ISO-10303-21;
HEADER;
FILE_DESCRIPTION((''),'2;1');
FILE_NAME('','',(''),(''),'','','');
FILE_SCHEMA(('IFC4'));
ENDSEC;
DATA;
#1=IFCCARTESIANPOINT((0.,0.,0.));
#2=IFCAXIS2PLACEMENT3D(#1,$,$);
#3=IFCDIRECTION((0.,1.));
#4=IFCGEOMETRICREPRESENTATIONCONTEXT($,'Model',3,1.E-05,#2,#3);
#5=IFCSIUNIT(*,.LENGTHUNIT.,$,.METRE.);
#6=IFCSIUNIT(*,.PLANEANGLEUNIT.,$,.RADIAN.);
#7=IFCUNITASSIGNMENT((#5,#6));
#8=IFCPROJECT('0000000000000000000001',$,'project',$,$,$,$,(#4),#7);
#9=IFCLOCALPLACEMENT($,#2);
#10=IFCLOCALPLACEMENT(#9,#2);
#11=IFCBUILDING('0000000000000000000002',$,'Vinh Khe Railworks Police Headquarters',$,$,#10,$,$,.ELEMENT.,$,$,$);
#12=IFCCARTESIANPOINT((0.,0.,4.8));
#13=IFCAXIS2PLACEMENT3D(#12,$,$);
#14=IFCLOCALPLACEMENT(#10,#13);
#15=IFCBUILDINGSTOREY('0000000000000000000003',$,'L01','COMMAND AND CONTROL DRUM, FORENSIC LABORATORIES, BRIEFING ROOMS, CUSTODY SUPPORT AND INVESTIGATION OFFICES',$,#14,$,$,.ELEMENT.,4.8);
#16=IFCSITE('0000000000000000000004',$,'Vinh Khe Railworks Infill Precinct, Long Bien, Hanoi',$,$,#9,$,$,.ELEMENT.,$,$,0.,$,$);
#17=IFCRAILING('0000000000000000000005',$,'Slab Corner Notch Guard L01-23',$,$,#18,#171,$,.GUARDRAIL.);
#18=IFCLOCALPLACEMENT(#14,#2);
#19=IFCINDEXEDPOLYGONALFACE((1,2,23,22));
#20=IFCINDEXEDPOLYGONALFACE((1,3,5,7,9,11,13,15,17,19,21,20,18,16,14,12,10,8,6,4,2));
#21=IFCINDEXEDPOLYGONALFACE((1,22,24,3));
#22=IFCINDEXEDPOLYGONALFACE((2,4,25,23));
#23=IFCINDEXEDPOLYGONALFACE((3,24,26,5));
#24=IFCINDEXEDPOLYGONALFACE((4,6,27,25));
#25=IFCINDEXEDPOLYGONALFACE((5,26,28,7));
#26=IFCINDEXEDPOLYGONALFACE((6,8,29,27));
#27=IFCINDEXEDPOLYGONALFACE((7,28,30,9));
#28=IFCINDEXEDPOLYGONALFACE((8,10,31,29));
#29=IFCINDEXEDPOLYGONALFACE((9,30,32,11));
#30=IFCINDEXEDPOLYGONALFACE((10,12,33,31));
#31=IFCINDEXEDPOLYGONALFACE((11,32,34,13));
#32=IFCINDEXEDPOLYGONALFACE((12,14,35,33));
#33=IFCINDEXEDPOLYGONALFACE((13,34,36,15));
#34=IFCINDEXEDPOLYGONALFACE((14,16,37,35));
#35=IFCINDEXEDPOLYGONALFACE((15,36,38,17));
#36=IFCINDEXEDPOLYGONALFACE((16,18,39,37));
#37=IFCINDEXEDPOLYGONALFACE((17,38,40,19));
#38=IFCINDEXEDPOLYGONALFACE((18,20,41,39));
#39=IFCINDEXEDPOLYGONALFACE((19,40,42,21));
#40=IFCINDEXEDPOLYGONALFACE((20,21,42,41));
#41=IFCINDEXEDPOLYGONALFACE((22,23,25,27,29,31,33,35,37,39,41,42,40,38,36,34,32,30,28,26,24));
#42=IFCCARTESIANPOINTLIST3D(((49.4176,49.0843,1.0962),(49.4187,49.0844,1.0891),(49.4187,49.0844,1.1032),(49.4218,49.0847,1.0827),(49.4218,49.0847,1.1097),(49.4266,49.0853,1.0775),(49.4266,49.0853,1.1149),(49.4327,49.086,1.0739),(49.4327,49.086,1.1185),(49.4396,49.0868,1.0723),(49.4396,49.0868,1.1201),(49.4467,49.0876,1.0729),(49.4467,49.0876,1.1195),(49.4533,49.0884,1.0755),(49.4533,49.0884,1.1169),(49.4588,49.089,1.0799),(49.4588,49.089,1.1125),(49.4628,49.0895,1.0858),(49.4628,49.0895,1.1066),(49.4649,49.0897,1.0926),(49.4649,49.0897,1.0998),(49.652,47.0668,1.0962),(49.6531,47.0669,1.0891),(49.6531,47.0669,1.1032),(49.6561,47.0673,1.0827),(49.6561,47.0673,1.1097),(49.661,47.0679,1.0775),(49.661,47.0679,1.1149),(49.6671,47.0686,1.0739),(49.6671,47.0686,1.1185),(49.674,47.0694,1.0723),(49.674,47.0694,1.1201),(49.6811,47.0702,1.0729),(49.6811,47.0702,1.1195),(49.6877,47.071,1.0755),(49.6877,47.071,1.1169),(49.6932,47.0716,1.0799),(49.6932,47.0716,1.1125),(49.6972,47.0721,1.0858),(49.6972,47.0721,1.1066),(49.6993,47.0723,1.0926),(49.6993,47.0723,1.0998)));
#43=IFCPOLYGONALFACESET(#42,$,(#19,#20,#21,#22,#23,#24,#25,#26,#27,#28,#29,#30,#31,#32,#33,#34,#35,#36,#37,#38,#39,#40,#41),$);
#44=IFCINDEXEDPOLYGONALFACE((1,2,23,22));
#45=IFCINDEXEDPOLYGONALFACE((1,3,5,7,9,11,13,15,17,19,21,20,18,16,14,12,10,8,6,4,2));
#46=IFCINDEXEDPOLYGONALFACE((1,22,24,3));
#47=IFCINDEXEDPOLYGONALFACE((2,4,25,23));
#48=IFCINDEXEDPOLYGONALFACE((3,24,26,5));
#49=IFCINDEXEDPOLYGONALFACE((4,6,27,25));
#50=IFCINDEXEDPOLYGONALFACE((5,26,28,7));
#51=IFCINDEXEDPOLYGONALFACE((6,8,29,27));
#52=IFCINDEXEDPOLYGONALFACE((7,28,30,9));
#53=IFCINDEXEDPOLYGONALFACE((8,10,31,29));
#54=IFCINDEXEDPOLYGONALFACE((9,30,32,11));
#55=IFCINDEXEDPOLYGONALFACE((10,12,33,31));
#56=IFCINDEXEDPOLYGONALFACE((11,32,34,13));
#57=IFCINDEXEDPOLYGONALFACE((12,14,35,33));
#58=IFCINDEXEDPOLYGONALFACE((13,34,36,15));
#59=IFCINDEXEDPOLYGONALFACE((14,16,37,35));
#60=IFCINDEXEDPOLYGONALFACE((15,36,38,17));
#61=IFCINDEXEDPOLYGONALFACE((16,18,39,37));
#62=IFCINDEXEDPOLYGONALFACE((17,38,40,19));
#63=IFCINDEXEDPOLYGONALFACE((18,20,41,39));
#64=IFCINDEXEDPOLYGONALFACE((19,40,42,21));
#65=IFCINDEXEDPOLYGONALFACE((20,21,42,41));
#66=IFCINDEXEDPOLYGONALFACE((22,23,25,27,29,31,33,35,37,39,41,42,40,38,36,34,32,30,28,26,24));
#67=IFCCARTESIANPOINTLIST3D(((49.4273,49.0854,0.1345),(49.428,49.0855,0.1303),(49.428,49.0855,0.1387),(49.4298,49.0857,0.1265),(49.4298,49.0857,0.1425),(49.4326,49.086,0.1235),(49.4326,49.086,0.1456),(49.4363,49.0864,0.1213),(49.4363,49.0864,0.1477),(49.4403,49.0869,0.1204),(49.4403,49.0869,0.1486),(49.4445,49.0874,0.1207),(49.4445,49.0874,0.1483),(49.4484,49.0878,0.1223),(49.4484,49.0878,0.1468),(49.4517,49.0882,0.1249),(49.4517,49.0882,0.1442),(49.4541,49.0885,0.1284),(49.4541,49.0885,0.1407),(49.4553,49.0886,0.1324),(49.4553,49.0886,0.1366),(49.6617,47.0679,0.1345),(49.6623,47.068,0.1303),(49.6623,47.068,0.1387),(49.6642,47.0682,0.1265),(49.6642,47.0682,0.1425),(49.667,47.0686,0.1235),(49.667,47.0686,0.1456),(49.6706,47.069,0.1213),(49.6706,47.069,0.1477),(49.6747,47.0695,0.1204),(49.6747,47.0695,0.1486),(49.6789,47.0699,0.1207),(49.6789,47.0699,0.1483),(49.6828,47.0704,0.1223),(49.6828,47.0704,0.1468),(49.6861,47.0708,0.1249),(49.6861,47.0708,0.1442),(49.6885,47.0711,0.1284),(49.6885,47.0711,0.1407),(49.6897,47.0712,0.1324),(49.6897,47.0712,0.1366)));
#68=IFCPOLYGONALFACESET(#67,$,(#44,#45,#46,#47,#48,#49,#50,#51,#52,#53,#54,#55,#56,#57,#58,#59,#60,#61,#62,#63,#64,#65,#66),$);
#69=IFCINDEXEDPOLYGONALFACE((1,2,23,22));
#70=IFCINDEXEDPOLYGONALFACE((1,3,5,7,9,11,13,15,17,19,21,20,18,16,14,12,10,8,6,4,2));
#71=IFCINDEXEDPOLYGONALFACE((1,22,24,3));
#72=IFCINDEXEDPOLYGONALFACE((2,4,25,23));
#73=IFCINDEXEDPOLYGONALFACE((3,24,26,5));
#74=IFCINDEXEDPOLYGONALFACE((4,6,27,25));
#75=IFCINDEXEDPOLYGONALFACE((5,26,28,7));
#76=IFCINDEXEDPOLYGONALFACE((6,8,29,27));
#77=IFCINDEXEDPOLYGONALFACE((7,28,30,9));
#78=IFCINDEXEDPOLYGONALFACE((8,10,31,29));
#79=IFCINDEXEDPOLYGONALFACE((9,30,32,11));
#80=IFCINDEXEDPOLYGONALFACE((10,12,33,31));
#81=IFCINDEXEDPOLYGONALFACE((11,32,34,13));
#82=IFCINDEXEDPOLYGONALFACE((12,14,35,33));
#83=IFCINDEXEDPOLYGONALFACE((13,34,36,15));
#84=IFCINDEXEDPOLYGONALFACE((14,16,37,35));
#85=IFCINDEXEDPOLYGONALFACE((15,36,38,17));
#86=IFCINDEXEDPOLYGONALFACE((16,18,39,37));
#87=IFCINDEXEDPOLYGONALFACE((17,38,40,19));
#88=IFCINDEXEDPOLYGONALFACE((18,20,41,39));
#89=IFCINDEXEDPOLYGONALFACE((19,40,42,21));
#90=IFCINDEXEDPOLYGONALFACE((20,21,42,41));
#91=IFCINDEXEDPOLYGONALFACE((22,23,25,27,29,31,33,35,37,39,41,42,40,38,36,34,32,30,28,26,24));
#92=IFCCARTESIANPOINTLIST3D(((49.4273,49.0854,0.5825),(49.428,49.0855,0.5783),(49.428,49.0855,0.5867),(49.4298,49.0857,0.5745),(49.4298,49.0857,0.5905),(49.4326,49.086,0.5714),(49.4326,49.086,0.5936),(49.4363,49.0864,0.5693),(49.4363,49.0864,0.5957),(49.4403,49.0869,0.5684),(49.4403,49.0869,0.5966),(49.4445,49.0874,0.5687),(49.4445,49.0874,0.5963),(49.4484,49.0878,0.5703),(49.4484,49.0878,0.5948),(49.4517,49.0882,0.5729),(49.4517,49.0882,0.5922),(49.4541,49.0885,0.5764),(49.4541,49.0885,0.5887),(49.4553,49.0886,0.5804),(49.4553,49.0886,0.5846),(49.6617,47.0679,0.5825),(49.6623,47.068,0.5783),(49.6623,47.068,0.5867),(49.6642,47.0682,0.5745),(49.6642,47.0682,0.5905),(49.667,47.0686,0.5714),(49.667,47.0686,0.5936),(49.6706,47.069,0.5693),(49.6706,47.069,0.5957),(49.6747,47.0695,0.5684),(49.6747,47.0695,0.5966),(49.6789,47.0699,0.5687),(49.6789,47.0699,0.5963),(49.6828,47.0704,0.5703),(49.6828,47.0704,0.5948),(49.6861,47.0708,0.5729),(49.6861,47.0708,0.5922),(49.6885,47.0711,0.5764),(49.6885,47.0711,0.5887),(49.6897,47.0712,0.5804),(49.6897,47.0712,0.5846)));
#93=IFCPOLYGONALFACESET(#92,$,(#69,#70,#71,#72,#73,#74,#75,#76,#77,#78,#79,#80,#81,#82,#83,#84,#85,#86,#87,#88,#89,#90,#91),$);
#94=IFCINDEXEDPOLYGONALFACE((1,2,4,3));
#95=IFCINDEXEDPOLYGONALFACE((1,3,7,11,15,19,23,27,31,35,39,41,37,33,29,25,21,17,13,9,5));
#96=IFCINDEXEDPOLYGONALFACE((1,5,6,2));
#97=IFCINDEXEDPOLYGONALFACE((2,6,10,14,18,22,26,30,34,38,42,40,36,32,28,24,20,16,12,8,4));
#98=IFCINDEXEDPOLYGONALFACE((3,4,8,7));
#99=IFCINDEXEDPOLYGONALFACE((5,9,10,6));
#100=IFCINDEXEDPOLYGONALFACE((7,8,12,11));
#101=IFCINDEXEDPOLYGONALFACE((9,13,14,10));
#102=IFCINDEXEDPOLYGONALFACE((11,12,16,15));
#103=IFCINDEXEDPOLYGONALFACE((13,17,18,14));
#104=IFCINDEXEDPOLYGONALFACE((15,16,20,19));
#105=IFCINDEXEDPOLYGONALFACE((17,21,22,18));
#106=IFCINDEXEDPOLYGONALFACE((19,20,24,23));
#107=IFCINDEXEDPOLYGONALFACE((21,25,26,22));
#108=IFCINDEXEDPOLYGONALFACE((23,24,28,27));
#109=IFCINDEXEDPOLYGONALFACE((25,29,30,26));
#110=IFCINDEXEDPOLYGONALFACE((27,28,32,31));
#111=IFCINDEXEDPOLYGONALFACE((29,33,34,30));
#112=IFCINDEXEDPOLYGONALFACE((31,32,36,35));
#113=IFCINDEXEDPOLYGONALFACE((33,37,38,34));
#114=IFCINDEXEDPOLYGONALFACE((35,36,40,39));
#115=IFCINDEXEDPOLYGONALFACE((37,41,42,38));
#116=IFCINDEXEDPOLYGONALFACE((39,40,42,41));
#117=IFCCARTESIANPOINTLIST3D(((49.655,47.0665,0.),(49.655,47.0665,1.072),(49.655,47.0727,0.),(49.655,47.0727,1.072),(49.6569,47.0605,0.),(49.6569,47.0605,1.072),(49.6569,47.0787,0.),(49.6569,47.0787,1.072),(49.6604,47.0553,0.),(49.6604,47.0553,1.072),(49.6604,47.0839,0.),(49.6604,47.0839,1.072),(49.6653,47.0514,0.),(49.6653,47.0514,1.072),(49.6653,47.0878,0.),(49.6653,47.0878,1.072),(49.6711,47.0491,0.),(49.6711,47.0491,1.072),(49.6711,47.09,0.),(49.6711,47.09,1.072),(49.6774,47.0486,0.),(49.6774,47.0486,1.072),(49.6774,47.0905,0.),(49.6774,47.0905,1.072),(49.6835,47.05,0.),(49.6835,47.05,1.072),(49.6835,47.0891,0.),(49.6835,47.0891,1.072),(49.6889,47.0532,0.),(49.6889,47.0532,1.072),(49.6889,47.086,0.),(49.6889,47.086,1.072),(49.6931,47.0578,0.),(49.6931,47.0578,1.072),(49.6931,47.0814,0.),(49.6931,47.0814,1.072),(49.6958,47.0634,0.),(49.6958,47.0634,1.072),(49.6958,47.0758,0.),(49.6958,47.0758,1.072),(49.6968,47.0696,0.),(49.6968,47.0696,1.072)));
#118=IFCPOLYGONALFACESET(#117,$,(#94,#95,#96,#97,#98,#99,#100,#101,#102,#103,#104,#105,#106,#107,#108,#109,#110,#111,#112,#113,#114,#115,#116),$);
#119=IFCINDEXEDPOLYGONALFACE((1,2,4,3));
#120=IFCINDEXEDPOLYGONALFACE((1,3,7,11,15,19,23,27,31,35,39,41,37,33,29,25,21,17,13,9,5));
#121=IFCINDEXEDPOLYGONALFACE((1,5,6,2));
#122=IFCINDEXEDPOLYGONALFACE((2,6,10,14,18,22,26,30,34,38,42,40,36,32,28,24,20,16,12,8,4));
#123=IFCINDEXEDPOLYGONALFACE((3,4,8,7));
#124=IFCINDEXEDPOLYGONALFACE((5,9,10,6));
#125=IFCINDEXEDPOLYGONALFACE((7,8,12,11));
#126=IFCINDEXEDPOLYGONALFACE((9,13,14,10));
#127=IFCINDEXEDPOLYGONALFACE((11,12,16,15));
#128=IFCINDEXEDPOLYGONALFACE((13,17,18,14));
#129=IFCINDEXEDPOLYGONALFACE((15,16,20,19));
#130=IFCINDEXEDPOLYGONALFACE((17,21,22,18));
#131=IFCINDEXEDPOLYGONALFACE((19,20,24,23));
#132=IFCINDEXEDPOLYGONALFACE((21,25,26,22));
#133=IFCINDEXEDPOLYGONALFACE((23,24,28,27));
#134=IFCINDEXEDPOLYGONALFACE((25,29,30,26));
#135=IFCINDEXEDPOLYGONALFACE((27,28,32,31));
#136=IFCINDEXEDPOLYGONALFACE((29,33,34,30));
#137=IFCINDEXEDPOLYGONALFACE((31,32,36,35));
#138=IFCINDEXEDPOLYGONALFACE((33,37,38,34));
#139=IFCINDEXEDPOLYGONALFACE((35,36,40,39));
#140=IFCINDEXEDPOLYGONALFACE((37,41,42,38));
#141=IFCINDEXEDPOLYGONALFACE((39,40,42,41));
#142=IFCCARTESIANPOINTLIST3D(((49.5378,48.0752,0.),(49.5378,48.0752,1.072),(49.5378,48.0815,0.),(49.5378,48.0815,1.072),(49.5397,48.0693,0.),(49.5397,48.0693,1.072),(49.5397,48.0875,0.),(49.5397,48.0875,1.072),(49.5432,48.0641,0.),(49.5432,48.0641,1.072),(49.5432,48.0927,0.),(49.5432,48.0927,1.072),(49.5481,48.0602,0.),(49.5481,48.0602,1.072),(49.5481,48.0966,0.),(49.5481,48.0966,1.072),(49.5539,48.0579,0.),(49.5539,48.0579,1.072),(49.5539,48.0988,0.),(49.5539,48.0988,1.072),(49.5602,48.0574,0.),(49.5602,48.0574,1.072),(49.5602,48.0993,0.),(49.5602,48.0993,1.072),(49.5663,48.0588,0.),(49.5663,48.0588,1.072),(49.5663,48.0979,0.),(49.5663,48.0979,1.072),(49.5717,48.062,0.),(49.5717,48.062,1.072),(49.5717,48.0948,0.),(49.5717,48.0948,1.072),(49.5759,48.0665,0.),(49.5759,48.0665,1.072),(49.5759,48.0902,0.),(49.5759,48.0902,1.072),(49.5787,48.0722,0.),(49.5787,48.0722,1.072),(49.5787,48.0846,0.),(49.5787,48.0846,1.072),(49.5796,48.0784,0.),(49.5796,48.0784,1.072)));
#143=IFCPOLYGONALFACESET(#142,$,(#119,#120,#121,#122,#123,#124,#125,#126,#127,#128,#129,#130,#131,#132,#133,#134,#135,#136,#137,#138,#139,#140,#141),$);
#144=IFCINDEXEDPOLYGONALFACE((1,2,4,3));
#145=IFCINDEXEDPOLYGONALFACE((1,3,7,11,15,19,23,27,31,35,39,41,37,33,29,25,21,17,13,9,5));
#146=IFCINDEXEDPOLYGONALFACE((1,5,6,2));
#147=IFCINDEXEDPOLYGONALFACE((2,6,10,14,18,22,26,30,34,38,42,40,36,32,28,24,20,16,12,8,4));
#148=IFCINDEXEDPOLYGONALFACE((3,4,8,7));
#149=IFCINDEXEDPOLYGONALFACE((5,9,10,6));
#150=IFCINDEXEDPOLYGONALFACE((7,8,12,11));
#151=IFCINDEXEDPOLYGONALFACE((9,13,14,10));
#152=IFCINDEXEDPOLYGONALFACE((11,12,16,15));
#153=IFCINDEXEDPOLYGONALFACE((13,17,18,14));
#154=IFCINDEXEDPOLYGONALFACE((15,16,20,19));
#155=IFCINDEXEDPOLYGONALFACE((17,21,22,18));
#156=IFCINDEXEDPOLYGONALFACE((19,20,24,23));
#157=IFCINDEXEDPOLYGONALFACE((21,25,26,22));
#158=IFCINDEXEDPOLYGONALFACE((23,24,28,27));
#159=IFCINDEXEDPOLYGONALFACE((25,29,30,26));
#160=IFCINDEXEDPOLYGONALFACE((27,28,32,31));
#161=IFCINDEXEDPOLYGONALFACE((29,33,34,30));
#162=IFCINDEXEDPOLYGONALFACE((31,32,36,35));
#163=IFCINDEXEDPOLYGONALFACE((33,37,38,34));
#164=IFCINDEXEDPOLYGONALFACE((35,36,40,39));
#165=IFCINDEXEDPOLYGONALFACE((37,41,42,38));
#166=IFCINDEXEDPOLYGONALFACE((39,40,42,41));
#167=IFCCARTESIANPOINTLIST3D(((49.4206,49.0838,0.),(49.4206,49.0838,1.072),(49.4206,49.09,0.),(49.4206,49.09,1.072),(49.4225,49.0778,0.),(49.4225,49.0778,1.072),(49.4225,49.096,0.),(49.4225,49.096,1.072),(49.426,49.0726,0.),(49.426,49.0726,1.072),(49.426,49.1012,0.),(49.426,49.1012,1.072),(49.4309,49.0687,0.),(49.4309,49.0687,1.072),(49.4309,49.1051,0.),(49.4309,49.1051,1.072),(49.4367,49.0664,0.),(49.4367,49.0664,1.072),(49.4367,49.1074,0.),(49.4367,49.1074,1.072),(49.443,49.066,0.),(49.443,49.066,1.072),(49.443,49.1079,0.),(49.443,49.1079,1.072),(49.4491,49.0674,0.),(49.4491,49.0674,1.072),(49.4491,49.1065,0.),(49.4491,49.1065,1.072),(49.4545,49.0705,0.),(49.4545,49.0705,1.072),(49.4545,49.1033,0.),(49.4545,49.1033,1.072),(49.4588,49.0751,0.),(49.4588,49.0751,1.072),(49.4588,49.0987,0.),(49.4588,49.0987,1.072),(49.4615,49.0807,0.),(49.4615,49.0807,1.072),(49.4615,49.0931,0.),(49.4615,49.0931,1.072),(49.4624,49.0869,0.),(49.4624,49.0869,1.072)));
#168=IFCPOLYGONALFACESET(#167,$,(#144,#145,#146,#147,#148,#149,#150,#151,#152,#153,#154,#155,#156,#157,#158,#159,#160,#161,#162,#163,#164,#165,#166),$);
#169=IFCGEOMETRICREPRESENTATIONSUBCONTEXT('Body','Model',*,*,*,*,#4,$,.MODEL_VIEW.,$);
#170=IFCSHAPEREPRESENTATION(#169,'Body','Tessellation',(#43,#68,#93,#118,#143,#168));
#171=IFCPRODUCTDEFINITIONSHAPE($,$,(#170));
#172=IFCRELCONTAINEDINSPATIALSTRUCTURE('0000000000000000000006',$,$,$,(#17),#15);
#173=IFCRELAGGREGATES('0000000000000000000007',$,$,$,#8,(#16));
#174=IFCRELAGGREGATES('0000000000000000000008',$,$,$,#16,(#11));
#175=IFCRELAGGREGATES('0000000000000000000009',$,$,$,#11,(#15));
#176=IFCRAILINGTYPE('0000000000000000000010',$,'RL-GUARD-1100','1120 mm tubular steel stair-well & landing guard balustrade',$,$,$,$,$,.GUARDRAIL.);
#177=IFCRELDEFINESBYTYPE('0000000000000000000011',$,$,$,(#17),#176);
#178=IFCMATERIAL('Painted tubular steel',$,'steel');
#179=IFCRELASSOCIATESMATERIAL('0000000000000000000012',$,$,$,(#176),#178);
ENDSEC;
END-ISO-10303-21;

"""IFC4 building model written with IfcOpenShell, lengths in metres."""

from ifc_helpers import new_model, si_unit, direction, frame, origin, origin_2d, place, context, subcontext, project, spatial, circle, extrude, material, type_object, element, save


model = new_model("IFC4")

# Units and contexts
model_context = context("Model", 3, precision=1e-05, world=origin(), true_north=direction((0.0, 1.0)))
body_context = subcontext(model_context, "Body", "Model", "MODEL_VIEW")
ifc_project = project(units=[si_unit("LENGTHUNIT", "METRE"), si_unit("PLANEANGLEUNIT", "RADIAN")], contexts=[model_context])

# Site, building, storey
site_placement = place(None, origin())
site = spatial("IfcSite", under=ifc_project, at=site_placement, Name="Vinh Khe Railworks Infill Precinct, Long Bien, Hanoi", CompositionType="ELEMENT", RefElevation=0.0)
building_placement = place(site_placement, origin())
building = spatial("IfcBuilding", under=site, at=building_placement, Name="Vinh Khe Railworks Police Headquarters", CompositionType="ELEMENT")
storey_placement = place(building_placement, frame((0.0, 0.0, 4.8)))
storey = spatial("IfcBuildingStorey", under=building, at=storey_placement, Name="L01", Description="COMMAND AND CONTROL DRUM, FORENSIC LABORATORIES, BRIEFING ROOMS, CUSTODY SUPPORT AND INVESTIGATION OFFICES", CompositionType="ELEMENT", Elevation=4.8)

# Railing
ifc_material_1 = material(Name="Painted tubular steel", Category="steel")
railing_type = type_object("IfcRailingType", Name="RL-GUARD-1100", Description="1120 mm tubular steel stair-well & landing guard balustrade", PredefinedType="GUARDRAIL", material=ifc_material_1)
railing_1_placement = place(storey_placement, frame((49.6758, 47.0696, 0.0)))
element("IfcRailing", 1, at=railing_1_placement, inside=storey, type_object=railing_type, Name="Slab Corner Notch Guard L01-23", PredefinedType="GUARDRAIL", context=body_context, shape_type="SweptSolid", body=[
    extrude(circle(Radius=0.0239, at=origin_2d()), frame((0.0, 0.0, 1.0962), z_axis=(-0.115404, 0.993319, 0.0), x_axis=(-0.993319, -0.115404, 0.0)), (0.0, 0.0, 1.0), 2.031),
    extrude(circle(Radius=0.0142, at=origin_2d()), frame((0.0, 0.0, 0.1345), z_axis=(-0.115404, 0.993319, 0.0), x_axis=(-0.993319, -0.115404, 0.0)), (0.0, 0.0, 1.0), 2.031),
    extrude(circle(Radius=0.0142, at=origin_2d()), frame((0.0, 0.0, 0.5825), z_axis=(-0.115404, 0.993319, 0.0), x_axis=(-0.993319, -0.115404, 0.0)), (0.0, 0.0, 1.0), 2.031),
    extrude(circle(Radius=0.021, at=origin_2d()), origin(), (0.0, 0.0, 1.0), 1.072),
    extrude(circle(Radius=0.021, at=origin_2d()), frame((-0.1172, 1.0088, 0.0)), (0.0, 0.0, 1.0), 1.072),
    extrude(circle(Radius=0.021, at=origin_2d()), frame((-0.2344, 2.0173, 0.0)), (0.0, 0.0, 1.0), 1.072),
])

save(model, "model.ifc")
